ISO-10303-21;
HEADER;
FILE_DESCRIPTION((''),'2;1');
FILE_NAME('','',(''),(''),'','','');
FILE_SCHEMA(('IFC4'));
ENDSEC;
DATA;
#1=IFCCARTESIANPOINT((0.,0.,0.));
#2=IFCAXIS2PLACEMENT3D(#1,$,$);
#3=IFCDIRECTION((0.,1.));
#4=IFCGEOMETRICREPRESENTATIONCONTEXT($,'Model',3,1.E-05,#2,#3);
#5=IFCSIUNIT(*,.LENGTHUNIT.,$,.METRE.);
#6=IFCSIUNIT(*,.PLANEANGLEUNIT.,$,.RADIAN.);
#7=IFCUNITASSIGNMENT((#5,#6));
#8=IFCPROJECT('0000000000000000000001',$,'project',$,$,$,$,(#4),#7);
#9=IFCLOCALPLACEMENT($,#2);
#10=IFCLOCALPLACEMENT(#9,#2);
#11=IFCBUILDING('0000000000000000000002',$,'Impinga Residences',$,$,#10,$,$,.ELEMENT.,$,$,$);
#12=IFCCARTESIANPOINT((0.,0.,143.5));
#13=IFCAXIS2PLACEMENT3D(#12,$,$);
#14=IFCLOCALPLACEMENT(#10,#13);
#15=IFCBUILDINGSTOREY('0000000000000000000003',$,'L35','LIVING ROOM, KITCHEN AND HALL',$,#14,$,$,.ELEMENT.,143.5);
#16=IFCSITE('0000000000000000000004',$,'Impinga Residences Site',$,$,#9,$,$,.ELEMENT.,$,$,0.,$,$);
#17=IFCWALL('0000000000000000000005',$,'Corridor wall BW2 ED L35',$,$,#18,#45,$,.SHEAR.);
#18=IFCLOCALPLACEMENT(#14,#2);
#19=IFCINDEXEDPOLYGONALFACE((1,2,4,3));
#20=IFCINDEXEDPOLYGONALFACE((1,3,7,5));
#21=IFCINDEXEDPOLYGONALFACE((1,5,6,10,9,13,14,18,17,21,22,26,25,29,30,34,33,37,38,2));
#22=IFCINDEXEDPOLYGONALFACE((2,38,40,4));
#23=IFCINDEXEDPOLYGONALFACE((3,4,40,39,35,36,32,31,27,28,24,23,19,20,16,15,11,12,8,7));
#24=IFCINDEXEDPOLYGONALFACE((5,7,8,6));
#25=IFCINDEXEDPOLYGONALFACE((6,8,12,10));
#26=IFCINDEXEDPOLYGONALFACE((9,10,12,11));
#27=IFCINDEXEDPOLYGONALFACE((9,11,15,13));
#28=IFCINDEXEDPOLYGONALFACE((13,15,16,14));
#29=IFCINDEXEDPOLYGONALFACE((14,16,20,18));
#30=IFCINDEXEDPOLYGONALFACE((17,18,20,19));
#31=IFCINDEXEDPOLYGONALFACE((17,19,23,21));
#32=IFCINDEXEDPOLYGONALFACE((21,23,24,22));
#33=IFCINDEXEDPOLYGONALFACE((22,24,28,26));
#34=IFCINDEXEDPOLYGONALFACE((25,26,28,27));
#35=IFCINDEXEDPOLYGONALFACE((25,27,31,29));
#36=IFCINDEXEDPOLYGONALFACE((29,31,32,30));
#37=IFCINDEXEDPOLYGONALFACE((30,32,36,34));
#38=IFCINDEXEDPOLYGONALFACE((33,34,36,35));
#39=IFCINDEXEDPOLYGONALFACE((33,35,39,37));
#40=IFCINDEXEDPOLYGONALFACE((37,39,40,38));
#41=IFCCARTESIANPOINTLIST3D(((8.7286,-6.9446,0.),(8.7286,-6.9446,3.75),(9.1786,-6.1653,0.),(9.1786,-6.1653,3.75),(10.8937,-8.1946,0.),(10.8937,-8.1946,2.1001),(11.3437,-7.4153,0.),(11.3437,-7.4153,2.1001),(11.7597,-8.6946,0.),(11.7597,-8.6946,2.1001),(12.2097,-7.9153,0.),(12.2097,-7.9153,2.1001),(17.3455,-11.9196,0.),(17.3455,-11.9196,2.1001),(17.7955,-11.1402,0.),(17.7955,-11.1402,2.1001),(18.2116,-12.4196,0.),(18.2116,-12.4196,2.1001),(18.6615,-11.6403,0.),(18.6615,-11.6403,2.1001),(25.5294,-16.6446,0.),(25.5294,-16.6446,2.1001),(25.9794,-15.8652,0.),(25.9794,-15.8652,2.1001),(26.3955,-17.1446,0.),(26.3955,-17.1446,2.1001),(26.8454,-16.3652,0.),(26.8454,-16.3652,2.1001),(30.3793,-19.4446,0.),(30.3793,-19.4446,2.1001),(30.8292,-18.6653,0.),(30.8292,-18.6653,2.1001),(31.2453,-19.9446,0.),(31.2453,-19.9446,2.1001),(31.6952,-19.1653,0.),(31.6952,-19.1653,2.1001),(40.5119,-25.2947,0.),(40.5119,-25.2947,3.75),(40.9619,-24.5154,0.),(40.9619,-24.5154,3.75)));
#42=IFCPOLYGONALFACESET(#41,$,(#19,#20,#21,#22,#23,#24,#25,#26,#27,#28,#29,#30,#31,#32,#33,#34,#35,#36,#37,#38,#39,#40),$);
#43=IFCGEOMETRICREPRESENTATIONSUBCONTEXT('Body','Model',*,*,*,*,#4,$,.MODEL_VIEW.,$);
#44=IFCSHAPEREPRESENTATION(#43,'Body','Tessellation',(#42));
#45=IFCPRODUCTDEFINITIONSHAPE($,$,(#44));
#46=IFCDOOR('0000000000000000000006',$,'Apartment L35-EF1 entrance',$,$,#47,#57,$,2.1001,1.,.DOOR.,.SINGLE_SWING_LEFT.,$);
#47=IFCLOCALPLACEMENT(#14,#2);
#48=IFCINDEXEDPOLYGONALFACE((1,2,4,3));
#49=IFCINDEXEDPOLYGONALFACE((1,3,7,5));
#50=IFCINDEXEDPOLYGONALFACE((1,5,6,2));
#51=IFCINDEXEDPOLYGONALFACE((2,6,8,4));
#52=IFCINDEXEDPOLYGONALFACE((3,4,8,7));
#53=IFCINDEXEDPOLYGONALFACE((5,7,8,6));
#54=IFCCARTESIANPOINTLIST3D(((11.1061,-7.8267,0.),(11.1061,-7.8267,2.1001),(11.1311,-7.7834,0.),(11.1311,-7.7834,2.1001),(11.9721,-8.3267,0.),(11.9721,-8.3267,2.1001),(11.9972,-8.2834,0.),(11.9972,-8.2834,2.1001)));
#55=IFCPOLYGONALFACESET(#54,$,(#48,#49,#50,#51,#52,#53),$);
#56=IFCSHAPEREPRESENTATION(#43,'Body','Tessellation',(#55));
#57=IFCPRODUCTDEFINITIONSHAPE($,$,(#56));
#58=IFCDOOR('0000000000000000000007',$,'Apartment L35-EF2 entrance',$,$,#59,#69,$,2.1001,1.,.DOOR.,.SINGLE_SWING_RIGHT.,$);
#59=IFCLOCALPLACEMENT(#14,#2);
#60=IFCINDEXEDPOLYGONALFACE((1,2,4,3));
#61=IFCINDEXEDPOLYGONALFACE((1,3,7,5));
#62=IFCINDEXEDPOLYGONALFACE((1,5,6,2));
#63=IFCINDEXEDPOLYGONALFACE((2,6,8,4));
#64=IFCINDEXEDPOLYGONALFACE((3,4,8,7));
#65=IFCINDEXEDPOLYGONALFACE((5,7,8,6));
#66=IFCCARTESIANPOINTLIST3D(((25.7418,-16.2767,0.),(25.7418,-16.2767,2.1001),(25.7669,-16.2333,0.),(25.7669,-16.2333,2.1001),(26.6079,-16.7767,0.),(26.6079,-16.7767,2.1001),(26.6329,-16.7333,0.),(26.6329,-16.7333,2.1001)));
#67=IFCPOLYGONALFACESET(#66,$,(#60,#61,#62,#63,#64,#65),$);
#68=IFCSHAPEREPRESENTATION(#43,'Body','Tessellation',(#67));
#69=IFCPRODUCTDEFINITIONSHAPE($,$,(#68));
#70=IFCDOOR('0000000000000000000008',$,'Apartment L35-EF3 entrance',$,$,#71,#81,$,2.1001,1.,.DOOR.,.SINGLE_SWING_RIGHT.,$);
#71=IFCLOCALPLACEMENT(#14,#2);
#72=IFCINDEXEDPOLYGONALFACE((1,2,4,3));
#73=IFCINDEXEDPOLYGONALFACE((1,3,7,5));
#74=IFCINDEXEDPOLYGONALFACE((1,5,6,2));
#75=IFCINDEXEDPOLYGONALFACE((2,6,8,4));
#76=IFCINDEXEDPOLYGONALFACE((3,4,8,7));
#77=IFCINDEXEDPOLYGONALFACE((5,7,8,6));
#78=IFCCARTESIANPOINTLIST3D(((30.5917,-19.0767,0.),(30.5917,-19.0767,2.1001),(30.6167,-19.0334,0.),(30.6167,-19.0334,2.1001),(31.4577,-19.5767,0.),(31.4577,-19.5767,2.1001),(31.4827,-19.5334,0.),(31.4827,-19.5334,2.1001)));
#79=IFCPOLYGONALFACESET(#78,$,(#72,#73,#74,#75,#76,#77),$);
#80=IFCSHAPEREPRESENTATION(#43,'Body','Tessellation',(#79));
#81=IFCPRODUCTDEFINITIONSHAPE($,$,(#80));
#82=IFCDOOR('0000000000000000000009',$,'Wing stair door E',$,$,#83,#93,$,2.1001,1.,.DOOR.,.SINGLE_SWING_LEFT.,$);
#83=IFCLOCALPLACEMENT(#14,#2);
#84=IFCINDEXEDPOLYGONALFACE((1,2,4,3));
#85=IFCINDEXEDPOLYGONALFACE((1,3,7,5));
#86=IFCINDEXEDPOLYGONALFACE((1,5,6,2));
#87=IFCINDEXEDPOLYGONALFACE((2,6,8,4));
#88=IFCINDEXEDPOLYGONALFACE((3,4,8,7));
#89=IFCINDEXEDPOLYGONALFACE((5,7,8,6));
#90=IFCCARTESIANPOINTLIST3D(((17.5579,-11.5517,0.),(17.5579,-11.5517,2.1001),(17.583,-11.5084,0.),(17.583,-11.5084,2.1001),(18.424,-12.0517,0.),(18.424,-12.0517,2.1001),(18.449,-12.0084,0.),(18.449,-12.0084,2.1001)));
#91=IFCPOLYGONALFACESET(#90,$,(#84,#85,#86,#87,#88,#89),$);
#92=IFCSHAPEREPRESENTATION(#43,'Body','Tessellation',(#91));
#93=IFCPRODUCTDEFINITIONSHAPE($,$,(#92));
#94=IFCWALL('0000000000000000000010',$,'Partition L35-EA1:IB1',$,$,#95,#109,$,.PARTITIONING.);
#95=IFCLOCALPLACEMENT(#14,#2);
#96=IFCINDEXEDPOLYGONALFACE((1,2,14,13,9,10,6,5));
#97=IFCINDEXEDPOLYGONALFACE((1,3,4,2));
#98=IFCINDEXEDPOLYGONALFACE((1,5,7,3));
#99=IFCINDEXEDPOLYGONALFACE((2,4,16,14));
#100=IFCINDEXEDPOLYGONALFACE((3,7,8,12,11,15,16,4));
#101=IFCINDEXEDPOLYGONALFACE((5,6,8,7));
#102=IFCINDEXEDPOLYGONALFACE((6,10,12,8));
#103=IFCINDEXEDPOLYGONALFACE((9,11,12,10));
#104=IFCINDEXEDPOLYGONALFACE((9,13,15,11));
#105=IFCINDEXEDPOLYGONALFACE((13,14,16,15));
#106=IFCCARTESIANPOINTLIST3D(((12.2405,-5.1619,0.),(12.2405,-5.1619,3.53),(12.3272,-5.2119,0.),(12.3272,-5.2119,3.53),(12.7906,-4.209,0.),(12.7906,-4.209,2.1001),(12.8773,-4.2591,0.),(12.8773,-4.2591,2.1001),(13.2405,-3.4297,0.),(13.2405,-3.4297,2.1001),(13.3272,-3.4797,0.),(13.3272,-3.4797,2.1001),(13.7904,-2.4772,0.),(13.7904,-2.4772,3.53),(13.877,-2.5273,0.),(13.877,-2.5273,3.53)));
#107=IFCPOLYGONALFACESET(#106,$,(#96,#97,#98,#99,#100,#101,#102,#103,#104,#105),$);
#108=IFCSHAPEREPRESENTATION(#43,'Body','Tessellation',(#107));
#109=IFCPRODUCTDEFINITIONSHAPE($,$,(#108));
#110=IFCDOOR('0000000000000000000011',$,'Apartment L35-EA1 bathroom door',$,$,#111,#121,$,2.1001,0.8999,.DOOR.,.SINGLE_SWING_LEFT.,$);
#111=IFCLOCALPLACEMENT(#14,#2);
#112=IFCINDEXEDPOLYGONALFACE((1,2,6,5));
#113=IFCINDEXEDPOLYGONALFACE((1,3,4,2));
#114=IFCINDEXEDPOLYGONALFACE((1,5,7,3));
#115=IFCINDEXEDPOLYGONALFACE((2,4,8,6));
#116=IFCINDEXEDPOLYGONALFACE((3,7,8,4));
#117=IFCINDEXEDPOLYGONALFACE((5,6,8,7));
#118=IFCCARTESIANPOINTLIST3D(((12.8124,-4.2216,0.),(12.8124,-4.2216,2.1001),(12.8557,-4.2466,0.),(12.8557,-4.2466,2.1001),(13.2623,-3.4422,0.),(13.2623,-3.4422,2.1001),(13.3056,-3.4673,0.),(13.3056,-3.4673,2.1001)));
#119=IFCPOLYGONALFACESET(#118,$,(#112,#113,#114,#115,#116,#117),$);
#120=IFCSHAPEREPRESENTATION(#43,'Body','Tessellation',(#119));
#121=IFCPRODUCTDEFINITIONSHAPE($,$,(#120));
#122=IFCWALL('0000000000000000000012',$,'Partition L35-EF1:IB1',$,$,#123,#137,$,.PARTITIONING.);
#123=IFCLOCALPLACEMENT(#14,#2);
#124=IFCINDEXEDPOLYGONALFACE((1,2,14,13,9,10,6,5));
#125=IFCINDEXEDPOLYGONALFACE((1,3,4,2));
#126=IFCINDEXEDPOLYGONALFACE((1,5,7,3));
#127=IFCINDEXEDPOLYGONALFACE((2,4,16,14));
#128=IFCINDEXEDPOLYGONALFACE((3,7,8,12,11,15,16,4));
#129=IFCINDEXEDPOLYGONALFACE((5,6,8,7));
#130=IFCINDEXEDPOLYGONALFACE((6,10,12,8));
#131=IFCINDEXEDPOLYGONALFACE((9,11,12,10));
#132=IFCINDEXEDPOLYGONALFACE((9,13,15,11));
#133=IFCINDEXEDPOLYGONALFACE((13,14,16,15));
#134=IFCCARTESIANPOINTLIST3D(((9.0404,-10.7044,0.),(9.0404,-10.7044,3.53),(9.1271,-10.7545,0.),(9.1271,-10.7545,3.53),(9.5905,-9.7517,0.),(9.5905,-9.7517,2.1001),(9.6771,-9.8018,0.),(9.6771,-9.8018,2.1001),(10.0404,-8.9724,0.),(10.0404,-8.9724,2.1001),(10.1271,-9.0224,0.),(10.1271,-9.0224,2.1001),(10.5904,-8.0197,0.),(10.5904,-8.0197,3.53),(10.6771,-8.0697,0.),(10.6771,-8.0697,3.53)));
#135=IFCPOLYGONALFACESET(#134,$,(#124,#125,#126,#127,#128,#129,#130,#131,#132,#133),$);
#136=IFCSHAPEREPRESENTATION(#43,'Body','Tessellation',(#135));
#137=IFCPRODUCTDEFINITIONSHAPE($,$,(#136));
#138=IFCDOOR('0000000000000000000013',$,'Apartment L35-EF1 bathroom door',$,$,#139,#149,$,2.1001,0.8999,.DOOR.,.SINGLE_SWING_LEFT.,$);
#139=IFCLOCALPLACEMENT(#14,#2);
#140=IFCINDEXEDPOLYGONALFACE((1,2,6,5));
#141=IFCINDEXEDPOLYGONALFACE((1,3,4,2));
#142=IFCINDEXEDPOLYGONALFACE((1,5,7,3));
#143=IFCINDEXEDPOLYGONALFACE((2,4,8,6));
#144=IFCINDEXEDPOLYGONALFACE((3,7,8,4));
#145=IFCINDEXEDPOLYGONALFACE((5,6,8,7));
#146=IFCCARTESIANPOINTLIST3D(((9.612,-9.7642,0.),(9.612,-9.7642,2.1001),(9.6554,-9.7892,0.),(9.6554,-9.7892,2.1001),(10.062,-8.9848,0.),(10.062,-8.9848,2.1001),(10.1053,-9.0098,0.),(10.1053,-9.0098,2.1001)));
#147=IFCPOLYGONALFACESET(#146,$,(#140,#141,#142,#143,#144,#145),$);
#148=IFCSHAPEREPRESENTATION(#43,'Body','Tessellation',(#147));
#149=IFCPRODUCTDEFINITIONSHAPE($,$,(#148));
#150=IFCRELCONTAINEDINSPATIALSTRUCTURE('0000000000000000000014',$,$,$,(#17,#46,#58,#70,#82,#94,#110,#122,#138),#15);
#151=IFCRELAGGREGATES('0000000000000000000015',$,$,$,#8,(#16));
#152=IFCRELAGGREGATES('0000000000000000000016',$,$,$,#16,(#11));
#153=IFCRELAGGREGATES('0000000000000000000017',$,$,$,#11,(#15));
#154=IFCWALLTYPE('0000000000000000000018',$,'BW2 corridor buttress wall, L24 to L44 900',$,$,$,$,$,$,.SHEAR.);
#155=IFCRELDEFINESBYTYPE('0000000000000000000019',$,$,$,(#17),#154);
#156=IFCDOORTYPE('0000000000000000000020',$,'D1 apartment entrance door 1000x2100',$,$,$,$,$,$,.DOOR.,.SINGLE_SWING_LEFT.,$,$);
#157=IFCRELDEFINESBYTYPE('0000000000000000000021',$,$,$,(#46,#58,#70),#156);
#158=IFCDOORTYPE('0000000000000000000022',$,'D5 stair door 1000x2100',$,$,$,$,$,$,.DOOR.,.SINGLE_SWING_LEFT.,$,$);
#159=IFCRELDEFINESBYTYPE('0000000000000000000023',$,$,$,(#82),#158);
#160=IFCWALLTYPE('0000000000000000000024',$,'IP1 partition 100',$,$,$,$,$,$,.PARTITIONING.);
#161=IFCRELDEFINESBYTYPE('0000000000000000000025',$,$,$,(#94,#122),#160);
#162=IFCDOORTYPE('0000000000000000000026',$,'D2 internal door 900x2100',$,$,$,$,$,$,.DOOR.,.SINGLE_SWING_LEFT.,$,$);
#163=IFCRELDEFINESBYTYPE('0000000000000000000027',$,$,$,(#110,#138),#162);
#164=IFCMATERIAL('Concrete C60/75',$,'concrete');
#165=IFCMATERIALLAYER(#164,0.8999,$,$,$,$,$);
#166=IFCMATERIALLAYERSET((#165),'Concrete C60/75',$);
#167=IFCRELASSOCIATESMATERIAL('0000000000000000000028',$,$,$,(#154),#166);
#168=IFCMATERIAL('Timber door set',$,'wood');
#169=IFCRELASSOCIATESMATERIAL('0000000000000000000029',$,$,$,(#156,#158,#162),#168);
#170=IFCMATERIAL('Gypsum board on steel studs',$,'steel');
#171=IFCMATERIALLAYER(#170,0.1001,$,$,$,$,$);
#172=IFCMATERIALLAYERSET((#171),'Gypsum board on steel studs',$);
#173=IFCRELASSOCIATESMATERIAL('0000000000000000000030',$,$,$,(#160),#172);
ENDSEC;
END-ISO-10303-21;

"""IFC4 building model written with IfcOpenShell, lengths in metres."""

from ifc_helpers import new_model, si_unit, direction, frame, frame_2d, origin, place, context, subcontext, project, spatial, rectangle, extrude, material, layer, layer_set, type_object, element, fill, save


model = new_model("IFC4")

# Units and contexts
model_context = context("Model", 3, precision=1e-05, world=origin(), true_north=direction((0.0, 1.0)))
body_context = subcontext(model_context, "Body", "Model", "MODEL_VIEW")
ifc_project = project(units=[si_unit("LENGTHUNIT", "METRE"), si_unit("PLANEANGLEUNIT", "RADIAN")], contexts=[model_context])

# Site, building, storey
site_placement = place(None, origin())
site = spatial("IfcSite", under=ifc_project, at=site_placement, Name="Impinga Residences Site", CompositionType="ELEMENT", RefElevation=0.0)
building_placement = place(site_placement, origin())
building = spatial("IfcBuilding", under=site, at=building_placement, Name="Impinga Residences", CompositionType="ELEMENT")
storey_placement = place(building_placement, frame((0.0, 0.0, 143.5)))
storey = spatial("IfcBuildingStorey", under=building, at=storey_placement, Name="L35", Description="LIVING ROOM, KITCHEN AND HALL", CompositionType="ELEMENT", Elevation=143.5)

# Wall, openings, doors
ifc_material_1 = material(Name="Concrete C60/75", Category="concrete")
ifc_layer_1 = layer(ifc_material_1, 0.8999)
ifc_layer_set_1 = layer_set([ifc_layer_1], Name="Concrete C60/75")
wall_type_1 = type_object("IfcWallType", Name="BW2 corridor buttress wall, L24 to L44 900", PredefinedType="SHEAR", material=ifc_layer_set_1)
ifc_material_2 = material(Name="Timber door set", Category="wood")
door_type_1 = type_object("IfcDoorType", Name="D1 apartment entrance door 1000x2100", OperationType="SINGLE_SWING_LEFT", PredefinedType="DOOR", material=ifc_material_2)
wall_1_placement = place(storey_placement, frame((8.9536, -6.5549, 0.0), z_axis=(0.0, 0.0, 1.0), x_axis=(0.866025, -0.500001, 0.0)))
wall_1 = element("IfcWall", 1, at=wall_1_placement, inside=storey, type_object=wall_type_1, Name="Corridor wall BW2 ED L35", PredefinedType="SHEAR", context=body_context, shape_type="SweptSolid", body=[
    extrude(rectangle(XDim=36.7002, YDim=0.8999, at=frame_2d((18.3501, 0.0))), origin(), (0.0, 0.0, 1.0), 3.75),
])
opening_1_placement = place(wall_1_placement, frame((9.95, 0.0, 0.0)))
opening_1 = element("IfcOpeningElement", 2, at=opening_1_placement, cuts=wall_1, PredefinedType="OPENING", context=body_context, shape_type="SweptSolid", body=[
    extrude(rectangle(XDim=1.0, YDim=2.1001, at=frame_2d((0.5, 1.05))), frame((0.0, 0.46, 0.0), z_axis=(0.0, -1.0, 0.0), x_axis=(1.0, 0.0, 0.0)), (0.0, 0.0, 1.0), 0.9199),
])
opening_2_placement = place(wall_1_placement, frame((2.5, 0.0, 0.0)))
opening_2 = element("IfcOpeningElement", 3, at=opening_2_placement, cuts=wall_1, PredefinedType="OPENING", context=body_context, shape_type="SweptSolid", body=[
    extrude(rectangle(XDim=1.0, YDim=2.1001, at=frame_2d((0.5, 1.05))), frame((0.0, 0.46, 0.0), z_axis=(0.0, -1.0, 0.0), x_axis=(1.0, 0.0, 0.0)), (0.0, 0.0, 1.0), 0.9199),
])
opening_3_placement = place(wall_1_placement, frame((19.3999, 0.0, 0.0)))
opening_3 = element("IfcOpeningElement", 4, at=opening_3_placement, cuts=wall_1, PredefinedType="OPENING", context=body_context, shape_type="SweptSolid", body=[
    extrude(rectangle(XDim=1.0, YDim=2.1001, at=frame_2d((0.5, 1.05))), frame((0.0, 0.46, 0.0), z_axis=(0.0, -1.0, 0.0), x_axis=(1.0, 0.0, 0.0)), (0.0, 0.0, 1.0), 0.9199),
])
opening_4_placement = place(wall_1_placement, frame((25.0, 0.0, 0.0)))
opening_4 = element("IfcOpeningElement", 5, at=opening_4_placement, cuts=wall_1, PredefinedType="OPENING", context=body_context, shape_type="SweptSolid", body=[
    extrude(rectangle(XDim=1.0, YDim=2.1001, at=frame_2d((0.5, 1.05))), frame((0.0, 0.46, 0.0), z_axis=(0.0, -1.0, 0.0), x_axis=(1.0, 0.0, 0.0)), (0.0, 0.0, 1.0), 0.9199),
])
door_1_placement = place(opening_2_placement, origin())
door_1 = element("IfcDoor", 6, at=door_1_placement, inside=storey, type_object=door_type_1, Name="Apartment L35-EF1 entrance", OperationType="SINGLE_SWING_LEFT", OverallHeight=2.1001, OverallWidth=1.0, PredefinedType="DOOR", context=body_context, shape_type="SweptSolid", body=[
    extrude(rectangle(XDim=1.0, YDim=2.1001, at=frame_2d((0.5, 1.05))), frame((0.0, 0.0249, 0.0), z_axis=(0.0, -1.0, 0.0), x_axis=(1.0, 0.0, 0.0)), (0.0, 0.0, 1.0), 0.05),
])
fill(opening_2, door_1)
door_2_placement = place(opening_3_placement, origin())
door_2 = element("IfcDoor", 7, at=door_2_placement, inside=storey, type_object=door_type_1, Name="Apartment L35-EF2 entrance", OperationType="SINGLE_SWING_RIGHT", OverallHeight=2.1001, OverallWidth=1.0, PredefinedType="DOOR", context=body_context, shape_type="SweptSolid", body=[
    extrude(rectangle(XDim=1.0, YDim=2.1001, at=frame_2d((0.5, 1.05))), frame((0.0, 0.0249, 0.0), z_axis=(0.0, -1.0, 0.0), x_axis=(1.0, 0.0, 0.0)), (0.0, 0.0, 1.0), 0.05),
])
fill(opening_3, door_2)
door_3_placement = place(opening_4_placement, origin())
door_3 = element("IfcDoor", 8, at=door_3_placement, inside=storey, type_object=door_type_1, Name="Apartment L35-EF3 entrance", OperationType="SINGLE_SWING_RIGHT", OverallHeight=2.1001, OverallWidth=1.0, PredefinedType="DOOR", context=body_context, shape_type="SweptSolid", body=[
    extrude(rectangle(XDim=1.0, YDim=2.1001, at=frame_2d((0.5, 1.05))), frame((0.0, 0.0249, 0.0), z_axis=(0.0, -1.0, 0.0), x_axis=(1.0, 0.0, 0.0)), (0.0, 0.0, 1.0), 0.05),
])
fill(opening_4, door_3)
door_type_2 = type_object("IfcDoorType", Name="D5 stair door 1000x2100", OperationType="SINGLE_SWING_LEFT", PredefinedType="DOOR", material=ifc_material_2)
door_4_placement = place(opening_1_placement, origin())
door_4 = element("IfcDoor", 9, at=door_4_placement, inside=storey, type_object=door_type_2, Name="Wing stair door E", OperationType="SINGLE_SWING_LEFT", OverallHeight=2.1001, OverallWidth=1.0, PredefinedType="DOOR", context=body_context, shape_type="SweptSolid", body=[
    extrude(rectangle(XDim=1.0, YDim=2.1001, at=frame_2d((0.5, 1.05))), frame((0.0, 0.0249, 0.0), z_axis=(0.0, -1.0, 0.0), x_axis=(1.0, 0.0, 0.0)), (0.0, 0.0, 1.0), 0.05),
])
fill(opening_1, door_4)

# Walls, openings, doors
ifc_material_3 = material(Name="Gypsum board on steel studs", Category="steel")
ifc_layer_2 = layer(ifc_material_3, 0.1001)
ifc_layer_set_2 = layer_set([ifc_layer_2], Name="Gypsum board on steel studs")
wall_type_2 = type_object("IfcWallType", Name="IP1 partition 100", PredefinedType="PARTITIONING", material=ifc_layer_set_2)
wall_2_placement = place(storey_placement, frame((12.2839, -5.1868, 0.0), z_axis=(0.0, 0.0, 1.0), x_axis=(0.499968, 0.866044, 0.0)))
wall_2 = element("IfcWall", 10, at=wall_2_placement, inside=storey, type_object=wall_type_2, Name="Partition L35-EA1:IB1", PredefinedType="PARTITIONING", context=body_context, shape_type="SweptSolid", body=[
    extrude(rectangle(XDim=3.0999, YDim=0.1001, at=frame_2d((1.5498, 0.0))), origin(), (0.0, 0.0, 1.0), 3.53),
])
opening_5_placement = place(wall_2_placement, frame((1.1001, 0.0, 0.0)))
opening_5 = element("IfcOpeningElement", 11, at=opening_5_placement, cuts=wall_2, PredefinedType="OPENING", context=body_context, shape_type="SweptSolid", body=[
    extrude(rectangle(XDim=0.8999, YDim=2.1001, at=frame_2d((0.45, 1.05))), frame((0.0, 0.0601, 0.0), z_axis=(0.0, -1.0, 0.0), x_axis=(1.0, 0.0, 0.0)), (0.0, 0.0, 1.0), 0.1201),
])
door_type_3 = type_object("IfcDoorType", Name="D2 internal door 900x2100", OperationType="SINGLE_SWING_LEFT", PredefinedType="DOOR", material=ifc_material_2)
door_5_placement = place(opening_5_placement, origin())
door_5 = element("IfcDoor", 12, at=door_5_placement, inside=storey, type_object=door_type_3, Name="Apartment L35-EA1 bathroom door", OperationType="SINGLE_SWING_LEFT", OverallHeight=2.1001, OverallWidth=0.8999, PredefinedType="DOOR", context=body_context, shape_type="SweptSolid", body=[
    extrude(rectangle(XDim=0.8999, YDim=2.1001, at=frame_2d((0.45, 1.05))), frame((0.0, 0.0249, 0.0), z_axis=(0.0, -1.0, 0.0), x_axis=(1.0, 0.0, 0.0)), (0.0, 0.0, 1.0), 0.05),
])
fill(opening_5, door_5)
wall_3_placement = place(storey_placement, frame((10.6338, -8.0447, 0.0), z_axis=(0.0, 0.0, 1.0), x_axis=(-0.499993, -0.86603, 0.0)))
wall_3 = element("IfcWall", 13, at=wall_3_placement, inside=storey, type_object=wall_type_2, Name="Partition L35-EF1:IB1", PredefinedType="PARTITIONING", context=body_context, shape_type="SweptSolid", body=[
    extrude(rectangle(XDim=3.1001, YDim=0.1001, at=frame_2d((1.55, 0.0))), origin(), (0.0, 0.0, 1.0), 3.53),
])
opening_6_placement = place(wall_3_placement, frame((1.1001, 0.0, 0.0)))
opening_6 = element("IfcOpeningElement", 14, at=opening_6_placement, cuts=wall_3, PredefinedType="OPENING", context=body_context, shape_type="SweptSolid", body=[
    extrude(rectangle(XDim=0.8999, YDim=2.1001, at=frame_2d((0.45, 1.05))), frame((0.0, 0.0601, 0.0), z_axis=(0.0, -1.0, 0.0), x_axis=(1.0, 0.0, 0.0)), (0.0, 0.0, 1.0), 0.1201),
])
door_6_placement = place(opening_6_placement, origin())
door_6 = element("IfcDoor", 15, at=door_6_placement, inside=storey, type_object=door_type_3, Name="Apartment L35-EF1 bathroom door", OperationType="SINGLE_SWING_LEFT", OverallHeight=2.1001, OverallWidth=0.8999, PredefinedType="DOOR", context=body_context, shape_type="SweptSolid", body=[
    extrude(rectangle(XDim=0.8999, YDim=2.1001, at=frame_2d((0.45, 1.05))), frame((0.0, 0.0249, 0.0), z_axis=(0.0, -1.0, 0.0), x_axis=(1.0, 0.0, 0.0)), (0.0, 0.0, 1.0), 0.05),
])
fill(opening_6, door_6)

save(model, "model.ifc")
